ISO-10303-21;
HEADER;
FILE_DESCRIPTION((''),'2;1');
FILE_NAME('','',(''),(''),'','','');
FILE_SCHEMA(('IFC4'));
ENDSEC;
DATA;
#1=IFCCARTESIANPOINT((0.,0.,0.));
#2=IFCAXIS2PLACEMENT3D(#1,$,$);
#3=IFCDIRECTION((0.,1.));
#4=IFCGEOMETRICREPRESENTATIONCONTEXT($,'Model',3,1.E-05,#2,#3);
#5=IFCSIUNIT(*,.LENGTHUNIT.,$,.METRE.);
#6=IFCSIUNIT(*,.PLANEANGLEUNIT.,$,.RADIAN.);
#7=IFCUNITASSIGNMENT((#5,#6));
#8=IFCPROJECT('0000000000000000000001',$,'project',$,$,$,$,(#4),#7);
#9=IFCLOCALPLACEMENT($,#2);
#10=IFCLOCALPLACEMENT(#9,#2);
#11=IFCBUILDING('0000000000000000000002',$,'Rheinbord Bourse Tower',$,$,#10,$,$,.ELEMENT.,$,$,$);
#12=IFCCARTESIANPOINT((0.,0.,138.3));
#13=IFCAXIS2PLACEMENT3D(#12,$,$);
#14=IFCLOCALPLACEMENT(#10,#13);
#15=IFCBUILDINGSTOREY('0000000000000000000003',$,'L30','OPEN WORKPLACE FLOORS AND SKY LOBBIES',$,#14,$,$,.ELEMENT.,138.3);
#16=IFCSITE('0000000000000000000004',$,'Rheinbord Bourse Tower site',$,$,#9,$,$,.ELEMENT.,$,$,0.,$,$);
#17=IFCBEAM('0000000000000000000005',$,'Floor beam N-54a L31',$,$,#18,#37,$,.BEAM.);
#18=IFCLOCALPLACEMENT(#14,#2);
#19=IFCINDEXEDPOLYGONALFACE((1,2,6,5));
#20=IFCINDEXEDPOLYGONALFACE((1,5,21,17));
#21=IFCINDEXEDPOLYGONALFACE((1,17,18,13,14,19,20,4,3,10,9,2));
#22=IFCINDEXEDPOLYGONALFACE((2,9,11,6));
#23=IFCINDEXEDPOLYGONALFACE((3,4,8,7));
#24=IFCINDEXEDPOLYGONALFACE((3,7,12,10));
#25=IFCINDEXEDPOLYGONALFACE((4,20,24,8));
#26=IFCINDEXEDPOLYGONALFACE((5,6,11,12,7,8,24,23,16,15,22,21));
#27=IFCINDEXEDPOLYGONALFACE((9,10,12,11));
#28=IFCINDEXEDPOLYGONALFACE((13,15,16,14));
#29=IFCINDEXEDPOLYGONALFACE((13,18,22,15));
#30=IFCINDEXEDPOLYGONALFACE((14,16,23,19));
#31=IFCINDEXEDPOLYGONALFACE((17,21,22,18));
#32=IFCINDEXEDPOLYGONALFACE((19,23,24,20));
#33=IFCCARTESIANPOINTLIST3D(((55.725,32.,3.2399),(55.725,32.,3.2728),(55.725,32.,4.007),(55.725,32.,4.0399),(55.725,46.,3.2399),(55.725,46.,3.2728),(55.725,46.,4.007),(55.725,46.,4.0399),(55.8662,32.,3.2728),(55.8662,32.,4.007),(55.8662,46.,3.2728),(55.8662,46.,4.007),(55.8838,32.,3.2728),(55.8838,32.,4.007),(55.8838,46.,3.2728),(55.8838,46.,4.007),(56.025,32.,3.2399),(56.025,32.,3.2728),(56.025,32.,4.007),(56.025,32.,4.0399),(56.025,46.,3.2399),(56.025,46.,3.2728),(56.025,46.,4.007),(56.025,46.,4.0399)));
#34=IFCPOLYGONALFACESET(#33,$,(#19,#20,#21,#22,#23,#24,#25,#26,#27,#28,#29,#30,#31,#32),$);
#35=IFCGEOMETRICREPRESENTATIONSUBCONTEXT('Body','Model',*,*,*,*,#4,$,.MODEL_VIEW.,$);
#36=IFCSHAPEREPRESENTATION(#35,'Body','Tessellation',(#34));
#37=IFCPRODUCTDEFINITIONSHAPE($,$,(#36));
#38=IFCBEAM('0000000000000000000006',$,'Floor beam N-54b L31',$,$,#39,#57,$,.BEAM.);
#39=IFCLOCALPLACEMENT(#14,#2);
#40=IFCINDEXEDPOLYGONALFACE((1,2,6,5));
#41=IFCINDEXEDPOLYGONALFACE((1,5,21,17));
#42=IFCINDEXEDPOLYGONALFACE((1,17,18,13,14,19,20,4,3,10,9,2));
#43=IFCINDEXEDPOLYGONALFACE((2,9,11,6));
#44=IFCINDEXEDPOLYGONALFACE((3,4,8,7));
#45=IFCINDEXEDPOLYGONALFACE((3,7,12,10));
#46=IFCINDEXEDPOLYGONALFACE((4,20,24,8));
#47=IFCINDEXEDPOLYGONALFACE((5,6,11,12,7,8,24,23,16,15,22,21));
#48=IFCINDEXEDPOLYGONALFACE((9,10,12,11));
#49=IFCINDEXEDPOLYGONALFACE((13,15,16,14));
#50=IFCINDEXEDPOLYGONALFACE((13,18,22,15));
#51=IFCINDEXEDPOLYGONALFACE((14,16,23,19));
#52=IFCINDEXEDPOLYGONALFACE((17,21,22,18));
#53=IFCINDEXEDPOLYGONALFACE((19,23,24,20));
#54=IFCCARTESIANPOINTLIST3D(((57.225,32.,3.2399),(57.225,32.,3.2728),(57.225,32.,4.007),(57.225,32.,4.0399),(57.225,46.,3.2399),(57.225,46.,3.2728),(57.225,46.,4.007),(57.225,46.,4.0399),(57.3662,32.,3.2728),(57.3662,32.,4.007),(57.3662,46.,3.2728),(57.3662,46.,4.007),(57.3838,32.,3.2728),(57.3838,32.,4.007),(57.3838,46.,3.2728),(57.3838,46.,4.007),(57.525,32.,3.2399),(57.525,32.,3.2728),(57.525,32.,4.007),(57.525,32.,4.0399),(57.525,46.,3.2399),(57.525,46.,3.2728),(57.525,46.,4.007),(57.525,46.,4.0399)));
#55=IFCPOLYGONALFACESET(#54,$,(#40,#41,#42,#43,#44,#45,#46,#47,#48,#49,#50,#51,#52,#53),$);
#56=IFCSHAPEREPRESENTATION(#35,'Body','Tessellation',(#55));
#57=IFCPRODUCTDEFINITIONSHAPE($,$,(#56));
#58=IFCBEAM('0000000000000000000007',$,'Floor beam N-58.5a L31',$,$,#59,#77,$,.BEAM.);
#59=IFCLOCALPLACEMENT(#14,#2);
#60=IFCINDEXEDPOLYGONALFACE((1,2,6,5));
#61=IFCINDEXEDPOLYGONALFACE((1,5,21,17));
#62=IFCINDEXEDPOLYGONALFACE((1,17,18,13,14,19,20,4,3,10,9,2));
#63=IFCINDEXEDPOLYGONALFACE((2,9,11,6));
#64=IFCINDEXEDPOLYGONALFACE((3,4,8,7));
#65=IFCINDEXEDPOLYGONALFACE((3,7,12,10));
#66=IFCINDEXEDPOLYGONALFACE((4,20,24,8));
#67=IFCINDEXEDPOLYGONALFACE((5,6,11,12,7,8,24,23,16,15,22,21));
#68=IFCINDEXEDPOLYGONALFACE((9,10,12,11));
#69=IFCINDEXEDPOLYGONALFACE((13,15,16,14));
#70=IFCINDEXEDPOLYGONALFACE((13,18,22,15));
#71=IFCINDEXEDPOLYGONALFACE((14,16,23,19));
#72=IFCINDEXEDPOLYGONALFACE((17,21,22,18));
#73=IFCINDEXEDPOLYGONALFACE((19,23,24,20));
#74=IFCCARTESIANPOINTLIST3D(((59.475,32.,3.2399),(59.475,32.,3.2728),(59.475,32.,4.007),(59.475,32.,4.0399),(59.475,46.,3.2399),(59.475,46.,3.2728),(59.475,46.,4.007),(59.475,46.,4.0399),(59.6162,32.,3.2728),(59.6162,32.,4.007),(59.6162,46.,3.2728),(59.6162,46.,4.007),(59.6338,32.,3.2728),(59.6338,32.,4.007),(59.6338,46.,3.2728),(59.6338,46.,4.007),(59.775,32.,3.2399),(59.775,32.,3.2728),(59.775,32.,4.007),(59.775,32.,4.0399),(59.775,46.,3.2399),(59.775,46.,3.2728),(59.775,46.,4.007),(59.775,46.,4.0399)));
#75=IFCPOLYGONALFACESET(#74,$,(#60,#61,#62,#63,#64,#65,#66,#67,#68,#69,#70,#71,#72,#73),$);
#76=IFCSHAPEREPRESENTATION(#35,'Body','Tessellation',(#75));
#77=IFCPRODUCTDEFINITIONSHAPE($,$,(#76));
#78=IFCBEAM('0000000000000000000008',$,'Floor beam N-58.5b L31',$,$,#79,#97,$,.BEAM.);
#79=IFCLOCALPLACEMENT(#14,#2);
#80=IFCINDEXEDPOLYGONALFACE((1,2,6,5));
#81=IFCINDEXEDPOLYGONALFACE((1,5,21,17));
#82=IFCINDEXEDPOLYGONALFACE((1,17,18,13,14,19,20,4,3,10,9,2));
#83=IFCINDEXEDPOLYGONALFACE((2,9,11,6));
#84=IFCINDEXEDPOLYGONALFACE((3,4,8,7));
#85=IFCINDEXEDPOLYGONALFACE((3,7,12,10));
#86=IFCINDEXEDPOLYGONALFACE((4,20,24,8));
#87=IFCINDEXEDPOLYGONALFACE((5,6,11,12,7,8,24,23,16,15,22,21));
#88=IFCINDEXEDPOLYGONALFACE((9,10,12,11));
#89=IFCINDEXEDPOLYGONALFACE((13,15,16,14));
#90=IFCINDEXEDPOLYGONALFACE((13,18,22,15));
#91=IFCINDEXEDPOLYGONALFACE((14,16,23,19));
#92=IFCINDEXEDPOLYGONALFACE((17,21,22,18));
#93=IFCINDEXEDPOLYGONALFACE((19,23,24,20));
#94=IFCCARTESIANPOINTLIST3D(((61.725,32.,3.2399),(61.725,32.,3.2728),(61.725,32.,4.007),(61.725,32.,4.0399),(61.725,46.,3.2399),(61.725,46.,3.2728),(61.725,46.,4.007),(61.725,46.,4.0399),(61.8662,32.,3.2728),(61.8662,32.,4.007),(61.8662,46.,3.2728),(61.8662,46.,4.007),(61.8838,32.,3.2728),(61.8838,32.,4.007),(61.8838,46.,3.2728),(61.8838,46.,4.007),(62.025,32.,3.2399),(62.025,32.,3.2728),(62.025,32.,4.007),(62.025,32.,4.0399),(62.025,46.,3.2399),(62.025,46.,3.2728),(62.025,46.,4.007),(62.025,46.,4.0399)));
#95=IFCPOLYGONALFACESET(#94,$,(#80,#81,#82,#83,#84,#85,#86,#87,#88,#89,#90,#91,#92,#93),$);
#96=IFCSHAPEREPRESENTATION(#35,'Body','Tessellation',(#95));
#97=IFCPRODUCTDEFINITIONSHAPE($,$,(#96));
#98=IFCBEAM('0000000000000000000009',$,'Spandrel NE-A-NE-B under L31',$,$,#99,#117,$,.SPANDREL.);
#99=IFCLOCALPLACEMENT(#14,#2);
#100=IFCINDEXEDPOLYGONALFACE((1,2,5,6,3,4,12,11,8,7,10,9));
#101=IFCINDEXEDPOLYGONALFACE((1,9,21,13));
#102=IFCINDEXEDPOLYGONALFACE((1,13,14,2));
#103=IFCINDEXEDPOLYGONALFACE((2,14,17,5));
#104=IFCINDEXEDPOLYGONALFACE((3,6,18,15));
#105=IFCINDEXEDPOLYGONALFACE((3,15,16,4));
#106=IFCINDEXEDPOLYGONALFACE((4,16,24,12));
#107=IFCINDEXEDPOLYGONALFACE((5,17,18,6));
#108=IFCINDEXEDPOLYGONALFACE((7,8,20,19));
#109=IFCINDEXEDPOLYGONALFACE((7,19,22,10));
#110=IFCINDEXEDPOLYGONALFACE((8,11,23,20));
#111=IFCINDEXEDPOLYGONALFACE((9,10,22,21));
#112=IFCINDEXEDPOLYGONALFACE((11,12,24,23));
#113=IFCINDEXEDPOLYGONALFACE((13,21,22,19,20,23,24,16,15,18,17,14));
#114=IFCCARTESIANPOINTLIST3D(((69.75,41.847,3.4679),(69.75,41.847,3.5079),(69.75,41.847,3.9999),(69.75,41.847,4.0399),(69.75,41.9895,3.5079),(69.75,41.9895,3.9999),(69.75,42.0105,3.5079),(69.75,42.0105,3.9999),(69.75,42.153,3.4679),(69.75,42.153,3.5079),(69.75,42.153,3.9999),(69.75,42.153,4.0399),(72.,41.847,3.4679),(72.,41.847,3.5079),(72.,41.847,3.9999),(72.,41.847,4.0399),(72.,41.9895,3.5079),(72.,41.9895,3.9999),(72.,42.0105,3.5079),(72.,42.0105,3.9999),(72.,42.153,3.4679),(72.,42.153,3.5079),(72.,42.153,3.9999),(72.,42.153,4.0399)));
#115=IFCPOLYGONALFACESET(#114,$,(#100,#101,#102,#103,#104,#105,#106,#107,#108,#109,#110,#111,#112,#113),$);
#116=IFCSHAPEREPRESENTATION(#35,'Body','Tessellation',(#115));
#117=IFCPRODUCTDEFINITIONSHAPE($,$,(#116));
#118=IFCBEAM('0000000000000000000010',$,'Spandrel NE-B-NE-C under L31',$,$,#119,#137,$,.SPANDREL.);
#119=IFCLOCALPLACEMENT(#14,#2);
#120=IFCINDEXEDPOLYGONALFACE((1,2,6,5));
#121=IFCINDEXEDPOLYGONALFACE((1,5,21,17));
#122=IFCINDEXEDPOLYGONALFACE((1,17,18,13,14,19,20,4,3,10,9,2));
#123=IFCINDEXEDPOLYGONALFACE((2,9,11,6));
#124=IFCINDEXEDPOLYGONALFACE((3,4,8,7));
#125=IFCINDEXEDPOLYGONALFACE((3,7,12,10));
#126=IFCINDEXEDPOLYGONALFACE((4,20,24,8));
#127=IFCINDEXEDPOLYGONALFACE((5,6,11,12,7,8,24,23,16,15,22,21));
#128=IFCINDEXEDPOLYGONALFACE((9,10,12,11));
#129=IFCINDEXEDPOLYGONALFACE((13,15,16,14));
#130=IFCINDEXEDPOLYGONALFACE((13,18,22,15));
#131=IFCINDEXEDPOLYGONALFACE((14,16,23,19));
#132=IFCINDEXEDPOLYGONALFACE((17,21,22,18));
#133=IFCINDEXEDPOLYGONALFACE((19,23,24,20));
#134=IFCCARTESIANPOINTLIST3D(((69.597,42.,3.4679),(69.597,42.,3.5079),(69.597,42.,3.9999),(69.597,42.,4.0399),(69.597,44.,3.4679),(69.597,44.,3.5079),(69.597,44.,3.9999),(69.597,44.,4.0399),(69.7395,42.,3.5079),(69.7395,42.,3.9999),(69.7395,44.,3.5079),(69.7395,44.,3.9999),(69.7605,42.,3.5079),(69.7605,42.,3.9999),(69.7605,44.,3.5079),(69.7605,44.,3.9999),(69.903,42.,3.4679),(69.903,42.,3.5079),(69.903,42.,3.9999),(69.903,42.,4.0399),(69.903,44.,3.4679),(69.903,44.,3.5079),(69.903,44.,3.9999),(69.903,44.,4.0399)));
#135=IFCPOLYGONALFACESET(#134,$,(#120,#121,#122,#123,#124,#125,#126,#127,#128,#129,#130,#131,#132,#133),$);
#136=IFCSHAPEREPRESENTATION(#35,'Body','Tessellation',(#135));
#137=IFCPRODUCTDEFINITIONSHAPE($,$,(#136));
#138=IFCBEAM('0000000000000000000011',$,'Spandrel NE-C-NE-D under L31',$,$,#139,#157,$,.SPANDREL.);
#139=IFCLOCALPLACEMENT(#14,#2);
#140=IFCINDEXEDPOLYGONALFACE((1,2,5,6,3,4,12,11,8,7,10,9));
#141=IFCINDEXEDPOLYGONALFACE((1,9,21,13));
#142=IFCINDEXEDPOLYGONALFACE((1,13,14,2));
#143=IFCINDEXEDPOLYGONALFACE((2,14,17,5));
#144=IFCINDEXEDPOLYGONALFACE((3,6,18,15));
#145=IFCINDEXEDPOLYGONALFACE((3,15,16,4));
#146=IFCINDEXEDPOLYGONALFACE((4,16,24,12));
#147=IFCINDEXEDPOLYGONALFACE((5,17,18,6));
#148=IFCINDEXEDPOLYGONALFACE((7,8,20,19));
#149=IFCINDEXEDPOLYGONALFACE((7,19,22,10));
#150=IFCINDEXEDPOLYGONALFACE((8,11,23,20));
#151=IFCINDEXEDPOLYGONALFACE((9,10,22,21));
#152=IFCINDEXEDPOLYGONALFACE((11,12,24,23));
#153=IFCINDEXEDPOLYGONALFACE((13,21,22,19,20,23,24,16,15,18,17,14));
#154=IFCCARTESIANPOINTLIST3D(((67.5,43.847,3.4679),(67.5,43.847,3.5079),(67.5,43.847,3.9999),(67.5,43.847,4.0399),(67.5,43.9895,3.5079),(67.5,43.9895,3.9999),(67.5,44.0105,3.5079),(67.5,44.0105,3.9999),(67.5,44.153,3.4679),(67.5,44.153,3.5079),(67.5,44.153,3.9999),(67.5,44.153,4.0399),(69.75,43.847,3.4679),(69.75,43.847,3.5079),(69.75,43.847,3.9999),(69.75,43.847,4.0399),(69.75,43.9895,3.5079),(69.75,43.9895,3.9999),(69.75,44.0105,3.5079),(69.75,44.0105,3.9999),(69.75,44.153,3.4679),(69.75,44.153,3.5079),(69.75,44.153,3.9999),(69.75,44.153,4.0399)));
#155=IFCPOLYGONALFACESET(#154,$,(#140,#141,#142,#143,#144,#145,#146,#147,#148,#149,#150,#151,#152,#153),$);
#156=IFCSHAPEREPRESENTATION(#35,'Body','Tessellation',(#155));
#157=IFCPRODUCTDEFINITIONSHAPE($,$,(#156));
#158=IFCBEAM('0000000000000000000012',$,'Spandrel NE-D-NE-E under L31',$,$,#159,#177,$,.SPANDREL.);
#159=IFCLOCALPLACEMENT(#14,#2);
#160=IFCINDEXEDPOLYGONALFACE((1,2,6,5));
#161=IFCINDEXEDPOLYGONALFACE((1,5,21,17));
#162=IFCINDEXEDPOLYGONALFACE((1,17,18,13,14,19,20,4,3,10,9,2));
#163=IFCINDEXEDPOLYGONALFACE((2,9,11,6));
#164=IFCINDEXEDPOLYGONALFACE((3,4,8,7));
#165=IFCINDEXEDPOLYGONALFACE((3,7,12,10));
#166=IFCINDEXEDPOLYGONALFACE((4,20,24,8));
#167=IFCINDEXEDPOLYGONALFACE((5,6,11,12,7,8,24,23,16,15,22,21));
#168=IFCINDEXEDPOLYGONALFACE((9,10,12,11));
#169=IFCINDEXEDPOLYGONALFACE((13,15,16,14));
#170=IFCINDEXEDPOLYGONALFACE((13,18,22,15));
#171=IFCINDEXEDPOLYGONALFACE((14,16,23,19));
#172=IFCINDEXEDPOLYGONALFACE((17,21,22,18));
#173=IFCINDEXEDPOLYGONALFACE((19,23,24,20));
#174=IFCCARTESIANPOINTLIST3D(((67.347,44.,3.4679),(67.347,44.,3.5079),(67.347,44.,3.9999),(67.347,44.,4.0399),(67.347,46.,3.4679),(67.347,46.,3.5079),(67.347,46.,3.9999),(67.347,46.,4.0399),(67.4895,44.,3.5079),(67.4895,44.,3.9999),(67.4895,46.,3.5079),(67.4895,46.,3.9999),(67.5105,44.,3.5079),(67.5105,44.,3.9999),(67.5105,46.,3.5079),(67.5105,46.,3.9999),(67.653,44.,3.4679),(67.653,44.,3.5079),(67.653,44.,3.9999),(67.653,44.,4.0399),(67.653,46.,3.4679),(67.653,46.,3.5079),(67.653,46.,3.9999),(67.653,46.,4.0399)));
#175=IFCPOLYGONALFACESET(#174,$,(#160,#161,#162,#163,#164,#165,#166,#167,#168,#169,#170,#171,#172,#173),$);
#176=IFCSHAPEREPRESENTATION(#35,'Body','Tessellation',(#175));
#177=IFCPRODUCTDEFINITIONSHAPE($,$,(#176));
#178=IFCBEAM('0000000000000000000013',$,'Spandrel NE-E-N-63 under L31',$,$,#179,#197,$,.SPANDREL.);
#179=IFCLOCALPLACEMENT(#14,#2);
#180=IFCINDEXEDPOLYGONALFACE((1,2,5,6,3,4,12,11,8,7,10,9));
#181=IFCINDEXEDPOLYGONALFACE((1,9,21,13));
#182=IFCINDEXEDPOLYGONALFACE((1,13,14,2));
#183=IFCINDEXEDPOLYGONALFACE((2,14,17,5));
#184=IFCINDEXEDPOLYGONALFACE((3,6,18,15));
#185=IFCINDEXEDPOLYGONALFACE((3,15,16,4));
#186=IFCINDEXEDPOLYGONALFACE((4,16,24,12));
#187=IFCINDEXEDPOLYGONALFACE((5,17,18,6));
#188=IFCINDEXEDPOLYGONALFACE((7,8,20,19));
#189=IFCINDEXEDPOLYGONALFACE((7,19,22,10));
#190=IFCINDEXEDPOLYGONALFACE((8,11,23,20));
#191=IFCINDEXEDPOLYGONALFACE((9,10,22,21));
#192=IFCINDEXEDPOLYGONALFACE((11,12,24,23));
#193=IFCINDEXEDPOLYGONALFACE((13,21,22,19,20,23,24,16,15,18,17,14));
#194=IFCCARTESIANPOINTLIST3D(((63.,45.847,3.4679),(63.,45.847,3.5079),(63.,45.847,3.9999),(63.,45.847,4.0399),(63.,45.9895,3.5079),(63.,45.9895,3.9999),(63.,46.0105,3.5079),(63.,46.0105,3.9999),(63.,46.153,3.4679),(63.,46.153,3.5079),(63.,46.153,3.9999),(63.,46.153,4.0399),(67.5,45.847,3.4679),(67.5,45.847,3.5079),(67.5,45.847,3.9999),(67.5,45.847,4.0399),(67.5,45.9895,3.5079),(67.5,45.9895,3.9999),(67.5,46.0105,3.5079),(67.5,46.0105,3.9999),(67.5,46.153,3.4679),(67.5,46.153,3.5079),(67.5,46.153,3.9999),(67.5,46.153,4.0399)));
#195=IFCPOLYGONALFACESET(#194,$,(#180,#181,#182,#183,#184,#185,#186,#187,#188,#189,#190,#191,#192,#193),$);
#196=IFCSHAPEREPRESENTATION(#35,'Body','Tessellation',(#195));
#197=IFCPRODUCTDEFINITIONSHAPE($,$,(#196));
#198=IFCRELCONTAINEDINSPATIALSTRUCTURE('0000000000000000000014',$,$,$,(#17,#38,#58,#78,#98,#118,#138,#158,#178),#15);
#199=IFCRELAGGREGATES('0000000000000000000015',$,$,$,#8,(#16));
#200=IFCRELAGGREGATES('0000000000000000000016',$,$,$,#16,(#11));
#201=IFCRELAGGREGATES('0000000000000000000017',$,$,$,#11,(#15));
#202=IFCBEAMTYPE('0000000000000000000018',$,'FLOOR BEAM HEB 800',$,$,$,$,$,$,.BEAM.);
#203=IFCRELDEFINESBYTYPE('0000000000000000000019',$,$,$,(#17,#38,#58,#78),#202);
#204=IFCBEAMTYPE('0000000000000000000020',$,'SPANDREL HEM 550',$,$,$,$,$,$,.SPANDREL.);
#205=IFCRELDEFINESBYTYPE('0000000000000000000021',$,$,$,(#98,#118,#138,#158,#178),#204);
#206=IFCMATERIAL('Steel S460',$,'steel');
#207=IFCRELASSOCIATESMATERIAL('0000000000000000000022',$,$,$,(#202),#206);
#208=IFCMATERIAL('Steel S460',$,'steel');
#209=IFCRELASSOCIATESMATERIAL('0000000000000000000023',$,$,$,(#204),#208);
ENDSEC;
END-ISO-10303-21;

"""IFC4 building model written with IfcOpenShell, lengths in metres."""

from ifc_helpers import new_model, si_unit, direction, frame, origin, origin_2d, place, context, subcontext, project, spatial, i_section, extrude, material, material_profile, profile_set, type_object, element, save


model = new_model("IFC4")

# Units and contexts
model_context = context("Model", 3, precision=1e-05, world=origin(), true_north=direction((0.0, 1.0)))
body_context = subcontext(model_context, "Body", "Model", "MODEL_VIEW")
ifc_project = project(units=[si_unit("LENGTHUNIT", "METRE"), si_unit("PLANEANGLEUNIT", "RADIAN")], contexts=[model_context])

# Site, building, storey
site_placement = place(None, origin())
site = spatial("IfcSite", under=ifc_project, at=site_placement, Name="Rheinbord Bourse Tower site", CompositionType="ELEMENT", RefElevation=0.0)
building_placement = place(site_placement, origin())
building = spatial("IfcBuilding", under=site, at=building_placement, Name="Rheinbord Bourse Tower", CompositionType="ELEMENT")
storey_placement = place(building_placement, frame((0.0, 0.0, 138.3)))
storey = spatial("IfcBuildingStorey", under=building, at=storey_placement, Name="L30", Description="OPEN WORKPLACE FLOORS AND SKY LOBBIES", CompositionType="ELEMENT", Elevation=138.3)

# Beams
ifc_material_1 = material(Name="Steel S460", Category="steel")
ifc_material_profile_1 = material_profile(ifc_material_1, i_section(OverallWidth=0.3, OverallDepth=0.8, WebThickness=0.0176, FlangeThickness=0.033, at=origin_2d()), Name="HEB 800")
ifc_profile_set_1 = profile_set([ifc_material_profile_1], Name="Steel S460")
beam_type_1 = type_object("IfcBeamType", Name="FLOOR BEAM HEB 800", PredefinedType="BEAM", material=ifc_profile_set_1)
for number, where, z_axis, x_axis, name in (
    (1, (55.875, 46.0, 3.6399), (0.0, -1.0, 0.0), (1.0, 0.0, 0.0), "Floor beam N-54a L31"),
    (2, (57.375, 46.0, 3.6399), (0.0, -1.0, 0.0), (1.0, 0.0, 0.0), "Floor beam N-54b L31"),
    (3, (59.625, 46.0, 3.6399), (0.0, -1.0, 0.0), (1.0, 0.0, 0.0), "Floor beam N-58.5a L31"),
    (4, (61.875, 46.0, 3.6399), (0.0, -1.0, 0.0), (1.0, 0.0, 0.0), "Floor beam N-58.5b L31"),
):
    element("IfcBeam", number, at=place(storey_placement, frame(where, z_axis=z_axis, x_axis=x_axis)), inside=storey, type_object=beam_type_1, Name=name, PredefinedType="BEAM", context=body_context, shape_type="SweptSolid", body=[
        extrude(i_section(OverallWidth=0.3, OverallDepth=0.8, WebThickness=0.0176, FlangeThickness=0.033, at=origin_2d()), origin(), (0.0, 0.0, 1.0), 14.0),
    ])
ifc_material_2 = material(Name="Steel S460", Category="steel")
ifc_material_profile_2 = material_profile(ifc_material_2, i_section(OverallWidth=0.3059, OverallDepth=0.572, WebThickness=0.021, FlangeThickness=0.04, at=origin_2d()), Name="HEM 550")
ifc_profile_set_2 = profile_set([ifc_material_profile_2], Name="Steel S460")
beam_type_2 = type_object("IfcBeamType", Name="SPANDREL HEM 550", PredefinedType="SPANDREL", material=ifc_profile_set_2)
beam_1_placement = place(storey_placement, frame((72.0, 42.0, 3.7539), z_axis=(-1.0, 0.0, 0.0), x_axis=(0.0, -1.0, 0.0)))
element("IfcBeam", 5, at=beam_1_placement, inside=storey, type_object=beam_type_2, Name="Spandrel NE-A-NE-B under L31", PredefinedType="SPANDREL", context=body_context, shape_type="SweptSolid", body=[
    extrude(i_section(OverallWidth=0.3059, OverallDepth=0.572, WebThickness=0.021, FlangeThickness=0.04, at=origin_2d()), origin(), (0.0, 0.0, 1.0), 2.25),
])
beam_2_placement = place(storey_placement, frame((69.75, 42.0, 3.7539), z_axis=(0.0, 1.0, 0.0), x_axis=(-1.0, 0.0, 0.0)))
element("IfcBeam", 6, at=beam_2_placement, inside=storey, type_object=beam_type_2, Name="Spandrel NE-B-NE-C under L31", PredefinedType="SPANDREL", context=body_context, shape_type="SweptSolid", body=[
    extrude(i_section(OverallWidth=0.3059, OverallDepth=0.572, WebThickness=0.021, FlangeThickness=0.04, at=origin_2d()), origin(), (0.0, 0.0, 1.0), 2.0),
])
beam_3_placement = place(storey_placement, frame((69.75, 44.0, 3.7539), z_axis=(-1.0, 0.0, 0.0), x_axis=(0.0, -1.0, 0.0)))
element("IfcBeam", 7, at=beam_3_placement, inside=storey, type_object=beam_type_2, Name="Spandrel NE-C-NE-D under L31", PredefinedType="SPANDREL", context=body_context, shape_type="SweptSolid", body=[
    extrude(i_section(OverallWidth=0.3059, OverallDepth=0.572, WebThickness=0.021, FlangeThickness=0.04, at=origin_2d()), origin(), (0.0, 0.0, 1.0), 2.25),
])
beam_4_placement = place(storey_placement, frame((67.5, 44.0, 3.7539), z_axis=(0.0, 1.0, 0.0), x_axis=(-1.0, 0.0, 0.0)))
element("IfcBeam", 8, at=beam_4_placement, inside=storey, type_object=beam_type_2, Name="Spandrel NE-D-NE-E under L31", PredefinedType="SPANDREL", context=body_context, shape_type="SweptSolid", body=[
    extrude(i_section(OverallWidth=0.3059, OverallDepth=0.572, WebThickness=0.021, FlangeThickness=0.04, at=origin_2d()), origin(), (0.0, 0.0, 1.0), 2.0),
])
for number, where, z_axis, x_axis, name in (
    (9, (67.5, 46.0, 3.7539), (-1.0, 0.0, 0.0), (0.0, -1.0, 0.0), "Spandrel NE-E-N-63 under L31"),
):
    element("IfcBeam", number, at=place(storey_placement, frame(where, z_axis=z_axis, x_axis=x_axis)), inside=storey, type_object=beam_type_2, Name=name, PredefinedType="SPANDREL", context=body_context, shape_type="SweptSolid", body=[
        extrude(i_section(OverallWidth=0.3059, OverallDepth=0.572, WebThickness=0.021, FlangeThickness=0.04, at=origin_2d()), origin(), (0.0, 0.0, 1.0), 4.5),
    ])

save(model, "model.ifc")
